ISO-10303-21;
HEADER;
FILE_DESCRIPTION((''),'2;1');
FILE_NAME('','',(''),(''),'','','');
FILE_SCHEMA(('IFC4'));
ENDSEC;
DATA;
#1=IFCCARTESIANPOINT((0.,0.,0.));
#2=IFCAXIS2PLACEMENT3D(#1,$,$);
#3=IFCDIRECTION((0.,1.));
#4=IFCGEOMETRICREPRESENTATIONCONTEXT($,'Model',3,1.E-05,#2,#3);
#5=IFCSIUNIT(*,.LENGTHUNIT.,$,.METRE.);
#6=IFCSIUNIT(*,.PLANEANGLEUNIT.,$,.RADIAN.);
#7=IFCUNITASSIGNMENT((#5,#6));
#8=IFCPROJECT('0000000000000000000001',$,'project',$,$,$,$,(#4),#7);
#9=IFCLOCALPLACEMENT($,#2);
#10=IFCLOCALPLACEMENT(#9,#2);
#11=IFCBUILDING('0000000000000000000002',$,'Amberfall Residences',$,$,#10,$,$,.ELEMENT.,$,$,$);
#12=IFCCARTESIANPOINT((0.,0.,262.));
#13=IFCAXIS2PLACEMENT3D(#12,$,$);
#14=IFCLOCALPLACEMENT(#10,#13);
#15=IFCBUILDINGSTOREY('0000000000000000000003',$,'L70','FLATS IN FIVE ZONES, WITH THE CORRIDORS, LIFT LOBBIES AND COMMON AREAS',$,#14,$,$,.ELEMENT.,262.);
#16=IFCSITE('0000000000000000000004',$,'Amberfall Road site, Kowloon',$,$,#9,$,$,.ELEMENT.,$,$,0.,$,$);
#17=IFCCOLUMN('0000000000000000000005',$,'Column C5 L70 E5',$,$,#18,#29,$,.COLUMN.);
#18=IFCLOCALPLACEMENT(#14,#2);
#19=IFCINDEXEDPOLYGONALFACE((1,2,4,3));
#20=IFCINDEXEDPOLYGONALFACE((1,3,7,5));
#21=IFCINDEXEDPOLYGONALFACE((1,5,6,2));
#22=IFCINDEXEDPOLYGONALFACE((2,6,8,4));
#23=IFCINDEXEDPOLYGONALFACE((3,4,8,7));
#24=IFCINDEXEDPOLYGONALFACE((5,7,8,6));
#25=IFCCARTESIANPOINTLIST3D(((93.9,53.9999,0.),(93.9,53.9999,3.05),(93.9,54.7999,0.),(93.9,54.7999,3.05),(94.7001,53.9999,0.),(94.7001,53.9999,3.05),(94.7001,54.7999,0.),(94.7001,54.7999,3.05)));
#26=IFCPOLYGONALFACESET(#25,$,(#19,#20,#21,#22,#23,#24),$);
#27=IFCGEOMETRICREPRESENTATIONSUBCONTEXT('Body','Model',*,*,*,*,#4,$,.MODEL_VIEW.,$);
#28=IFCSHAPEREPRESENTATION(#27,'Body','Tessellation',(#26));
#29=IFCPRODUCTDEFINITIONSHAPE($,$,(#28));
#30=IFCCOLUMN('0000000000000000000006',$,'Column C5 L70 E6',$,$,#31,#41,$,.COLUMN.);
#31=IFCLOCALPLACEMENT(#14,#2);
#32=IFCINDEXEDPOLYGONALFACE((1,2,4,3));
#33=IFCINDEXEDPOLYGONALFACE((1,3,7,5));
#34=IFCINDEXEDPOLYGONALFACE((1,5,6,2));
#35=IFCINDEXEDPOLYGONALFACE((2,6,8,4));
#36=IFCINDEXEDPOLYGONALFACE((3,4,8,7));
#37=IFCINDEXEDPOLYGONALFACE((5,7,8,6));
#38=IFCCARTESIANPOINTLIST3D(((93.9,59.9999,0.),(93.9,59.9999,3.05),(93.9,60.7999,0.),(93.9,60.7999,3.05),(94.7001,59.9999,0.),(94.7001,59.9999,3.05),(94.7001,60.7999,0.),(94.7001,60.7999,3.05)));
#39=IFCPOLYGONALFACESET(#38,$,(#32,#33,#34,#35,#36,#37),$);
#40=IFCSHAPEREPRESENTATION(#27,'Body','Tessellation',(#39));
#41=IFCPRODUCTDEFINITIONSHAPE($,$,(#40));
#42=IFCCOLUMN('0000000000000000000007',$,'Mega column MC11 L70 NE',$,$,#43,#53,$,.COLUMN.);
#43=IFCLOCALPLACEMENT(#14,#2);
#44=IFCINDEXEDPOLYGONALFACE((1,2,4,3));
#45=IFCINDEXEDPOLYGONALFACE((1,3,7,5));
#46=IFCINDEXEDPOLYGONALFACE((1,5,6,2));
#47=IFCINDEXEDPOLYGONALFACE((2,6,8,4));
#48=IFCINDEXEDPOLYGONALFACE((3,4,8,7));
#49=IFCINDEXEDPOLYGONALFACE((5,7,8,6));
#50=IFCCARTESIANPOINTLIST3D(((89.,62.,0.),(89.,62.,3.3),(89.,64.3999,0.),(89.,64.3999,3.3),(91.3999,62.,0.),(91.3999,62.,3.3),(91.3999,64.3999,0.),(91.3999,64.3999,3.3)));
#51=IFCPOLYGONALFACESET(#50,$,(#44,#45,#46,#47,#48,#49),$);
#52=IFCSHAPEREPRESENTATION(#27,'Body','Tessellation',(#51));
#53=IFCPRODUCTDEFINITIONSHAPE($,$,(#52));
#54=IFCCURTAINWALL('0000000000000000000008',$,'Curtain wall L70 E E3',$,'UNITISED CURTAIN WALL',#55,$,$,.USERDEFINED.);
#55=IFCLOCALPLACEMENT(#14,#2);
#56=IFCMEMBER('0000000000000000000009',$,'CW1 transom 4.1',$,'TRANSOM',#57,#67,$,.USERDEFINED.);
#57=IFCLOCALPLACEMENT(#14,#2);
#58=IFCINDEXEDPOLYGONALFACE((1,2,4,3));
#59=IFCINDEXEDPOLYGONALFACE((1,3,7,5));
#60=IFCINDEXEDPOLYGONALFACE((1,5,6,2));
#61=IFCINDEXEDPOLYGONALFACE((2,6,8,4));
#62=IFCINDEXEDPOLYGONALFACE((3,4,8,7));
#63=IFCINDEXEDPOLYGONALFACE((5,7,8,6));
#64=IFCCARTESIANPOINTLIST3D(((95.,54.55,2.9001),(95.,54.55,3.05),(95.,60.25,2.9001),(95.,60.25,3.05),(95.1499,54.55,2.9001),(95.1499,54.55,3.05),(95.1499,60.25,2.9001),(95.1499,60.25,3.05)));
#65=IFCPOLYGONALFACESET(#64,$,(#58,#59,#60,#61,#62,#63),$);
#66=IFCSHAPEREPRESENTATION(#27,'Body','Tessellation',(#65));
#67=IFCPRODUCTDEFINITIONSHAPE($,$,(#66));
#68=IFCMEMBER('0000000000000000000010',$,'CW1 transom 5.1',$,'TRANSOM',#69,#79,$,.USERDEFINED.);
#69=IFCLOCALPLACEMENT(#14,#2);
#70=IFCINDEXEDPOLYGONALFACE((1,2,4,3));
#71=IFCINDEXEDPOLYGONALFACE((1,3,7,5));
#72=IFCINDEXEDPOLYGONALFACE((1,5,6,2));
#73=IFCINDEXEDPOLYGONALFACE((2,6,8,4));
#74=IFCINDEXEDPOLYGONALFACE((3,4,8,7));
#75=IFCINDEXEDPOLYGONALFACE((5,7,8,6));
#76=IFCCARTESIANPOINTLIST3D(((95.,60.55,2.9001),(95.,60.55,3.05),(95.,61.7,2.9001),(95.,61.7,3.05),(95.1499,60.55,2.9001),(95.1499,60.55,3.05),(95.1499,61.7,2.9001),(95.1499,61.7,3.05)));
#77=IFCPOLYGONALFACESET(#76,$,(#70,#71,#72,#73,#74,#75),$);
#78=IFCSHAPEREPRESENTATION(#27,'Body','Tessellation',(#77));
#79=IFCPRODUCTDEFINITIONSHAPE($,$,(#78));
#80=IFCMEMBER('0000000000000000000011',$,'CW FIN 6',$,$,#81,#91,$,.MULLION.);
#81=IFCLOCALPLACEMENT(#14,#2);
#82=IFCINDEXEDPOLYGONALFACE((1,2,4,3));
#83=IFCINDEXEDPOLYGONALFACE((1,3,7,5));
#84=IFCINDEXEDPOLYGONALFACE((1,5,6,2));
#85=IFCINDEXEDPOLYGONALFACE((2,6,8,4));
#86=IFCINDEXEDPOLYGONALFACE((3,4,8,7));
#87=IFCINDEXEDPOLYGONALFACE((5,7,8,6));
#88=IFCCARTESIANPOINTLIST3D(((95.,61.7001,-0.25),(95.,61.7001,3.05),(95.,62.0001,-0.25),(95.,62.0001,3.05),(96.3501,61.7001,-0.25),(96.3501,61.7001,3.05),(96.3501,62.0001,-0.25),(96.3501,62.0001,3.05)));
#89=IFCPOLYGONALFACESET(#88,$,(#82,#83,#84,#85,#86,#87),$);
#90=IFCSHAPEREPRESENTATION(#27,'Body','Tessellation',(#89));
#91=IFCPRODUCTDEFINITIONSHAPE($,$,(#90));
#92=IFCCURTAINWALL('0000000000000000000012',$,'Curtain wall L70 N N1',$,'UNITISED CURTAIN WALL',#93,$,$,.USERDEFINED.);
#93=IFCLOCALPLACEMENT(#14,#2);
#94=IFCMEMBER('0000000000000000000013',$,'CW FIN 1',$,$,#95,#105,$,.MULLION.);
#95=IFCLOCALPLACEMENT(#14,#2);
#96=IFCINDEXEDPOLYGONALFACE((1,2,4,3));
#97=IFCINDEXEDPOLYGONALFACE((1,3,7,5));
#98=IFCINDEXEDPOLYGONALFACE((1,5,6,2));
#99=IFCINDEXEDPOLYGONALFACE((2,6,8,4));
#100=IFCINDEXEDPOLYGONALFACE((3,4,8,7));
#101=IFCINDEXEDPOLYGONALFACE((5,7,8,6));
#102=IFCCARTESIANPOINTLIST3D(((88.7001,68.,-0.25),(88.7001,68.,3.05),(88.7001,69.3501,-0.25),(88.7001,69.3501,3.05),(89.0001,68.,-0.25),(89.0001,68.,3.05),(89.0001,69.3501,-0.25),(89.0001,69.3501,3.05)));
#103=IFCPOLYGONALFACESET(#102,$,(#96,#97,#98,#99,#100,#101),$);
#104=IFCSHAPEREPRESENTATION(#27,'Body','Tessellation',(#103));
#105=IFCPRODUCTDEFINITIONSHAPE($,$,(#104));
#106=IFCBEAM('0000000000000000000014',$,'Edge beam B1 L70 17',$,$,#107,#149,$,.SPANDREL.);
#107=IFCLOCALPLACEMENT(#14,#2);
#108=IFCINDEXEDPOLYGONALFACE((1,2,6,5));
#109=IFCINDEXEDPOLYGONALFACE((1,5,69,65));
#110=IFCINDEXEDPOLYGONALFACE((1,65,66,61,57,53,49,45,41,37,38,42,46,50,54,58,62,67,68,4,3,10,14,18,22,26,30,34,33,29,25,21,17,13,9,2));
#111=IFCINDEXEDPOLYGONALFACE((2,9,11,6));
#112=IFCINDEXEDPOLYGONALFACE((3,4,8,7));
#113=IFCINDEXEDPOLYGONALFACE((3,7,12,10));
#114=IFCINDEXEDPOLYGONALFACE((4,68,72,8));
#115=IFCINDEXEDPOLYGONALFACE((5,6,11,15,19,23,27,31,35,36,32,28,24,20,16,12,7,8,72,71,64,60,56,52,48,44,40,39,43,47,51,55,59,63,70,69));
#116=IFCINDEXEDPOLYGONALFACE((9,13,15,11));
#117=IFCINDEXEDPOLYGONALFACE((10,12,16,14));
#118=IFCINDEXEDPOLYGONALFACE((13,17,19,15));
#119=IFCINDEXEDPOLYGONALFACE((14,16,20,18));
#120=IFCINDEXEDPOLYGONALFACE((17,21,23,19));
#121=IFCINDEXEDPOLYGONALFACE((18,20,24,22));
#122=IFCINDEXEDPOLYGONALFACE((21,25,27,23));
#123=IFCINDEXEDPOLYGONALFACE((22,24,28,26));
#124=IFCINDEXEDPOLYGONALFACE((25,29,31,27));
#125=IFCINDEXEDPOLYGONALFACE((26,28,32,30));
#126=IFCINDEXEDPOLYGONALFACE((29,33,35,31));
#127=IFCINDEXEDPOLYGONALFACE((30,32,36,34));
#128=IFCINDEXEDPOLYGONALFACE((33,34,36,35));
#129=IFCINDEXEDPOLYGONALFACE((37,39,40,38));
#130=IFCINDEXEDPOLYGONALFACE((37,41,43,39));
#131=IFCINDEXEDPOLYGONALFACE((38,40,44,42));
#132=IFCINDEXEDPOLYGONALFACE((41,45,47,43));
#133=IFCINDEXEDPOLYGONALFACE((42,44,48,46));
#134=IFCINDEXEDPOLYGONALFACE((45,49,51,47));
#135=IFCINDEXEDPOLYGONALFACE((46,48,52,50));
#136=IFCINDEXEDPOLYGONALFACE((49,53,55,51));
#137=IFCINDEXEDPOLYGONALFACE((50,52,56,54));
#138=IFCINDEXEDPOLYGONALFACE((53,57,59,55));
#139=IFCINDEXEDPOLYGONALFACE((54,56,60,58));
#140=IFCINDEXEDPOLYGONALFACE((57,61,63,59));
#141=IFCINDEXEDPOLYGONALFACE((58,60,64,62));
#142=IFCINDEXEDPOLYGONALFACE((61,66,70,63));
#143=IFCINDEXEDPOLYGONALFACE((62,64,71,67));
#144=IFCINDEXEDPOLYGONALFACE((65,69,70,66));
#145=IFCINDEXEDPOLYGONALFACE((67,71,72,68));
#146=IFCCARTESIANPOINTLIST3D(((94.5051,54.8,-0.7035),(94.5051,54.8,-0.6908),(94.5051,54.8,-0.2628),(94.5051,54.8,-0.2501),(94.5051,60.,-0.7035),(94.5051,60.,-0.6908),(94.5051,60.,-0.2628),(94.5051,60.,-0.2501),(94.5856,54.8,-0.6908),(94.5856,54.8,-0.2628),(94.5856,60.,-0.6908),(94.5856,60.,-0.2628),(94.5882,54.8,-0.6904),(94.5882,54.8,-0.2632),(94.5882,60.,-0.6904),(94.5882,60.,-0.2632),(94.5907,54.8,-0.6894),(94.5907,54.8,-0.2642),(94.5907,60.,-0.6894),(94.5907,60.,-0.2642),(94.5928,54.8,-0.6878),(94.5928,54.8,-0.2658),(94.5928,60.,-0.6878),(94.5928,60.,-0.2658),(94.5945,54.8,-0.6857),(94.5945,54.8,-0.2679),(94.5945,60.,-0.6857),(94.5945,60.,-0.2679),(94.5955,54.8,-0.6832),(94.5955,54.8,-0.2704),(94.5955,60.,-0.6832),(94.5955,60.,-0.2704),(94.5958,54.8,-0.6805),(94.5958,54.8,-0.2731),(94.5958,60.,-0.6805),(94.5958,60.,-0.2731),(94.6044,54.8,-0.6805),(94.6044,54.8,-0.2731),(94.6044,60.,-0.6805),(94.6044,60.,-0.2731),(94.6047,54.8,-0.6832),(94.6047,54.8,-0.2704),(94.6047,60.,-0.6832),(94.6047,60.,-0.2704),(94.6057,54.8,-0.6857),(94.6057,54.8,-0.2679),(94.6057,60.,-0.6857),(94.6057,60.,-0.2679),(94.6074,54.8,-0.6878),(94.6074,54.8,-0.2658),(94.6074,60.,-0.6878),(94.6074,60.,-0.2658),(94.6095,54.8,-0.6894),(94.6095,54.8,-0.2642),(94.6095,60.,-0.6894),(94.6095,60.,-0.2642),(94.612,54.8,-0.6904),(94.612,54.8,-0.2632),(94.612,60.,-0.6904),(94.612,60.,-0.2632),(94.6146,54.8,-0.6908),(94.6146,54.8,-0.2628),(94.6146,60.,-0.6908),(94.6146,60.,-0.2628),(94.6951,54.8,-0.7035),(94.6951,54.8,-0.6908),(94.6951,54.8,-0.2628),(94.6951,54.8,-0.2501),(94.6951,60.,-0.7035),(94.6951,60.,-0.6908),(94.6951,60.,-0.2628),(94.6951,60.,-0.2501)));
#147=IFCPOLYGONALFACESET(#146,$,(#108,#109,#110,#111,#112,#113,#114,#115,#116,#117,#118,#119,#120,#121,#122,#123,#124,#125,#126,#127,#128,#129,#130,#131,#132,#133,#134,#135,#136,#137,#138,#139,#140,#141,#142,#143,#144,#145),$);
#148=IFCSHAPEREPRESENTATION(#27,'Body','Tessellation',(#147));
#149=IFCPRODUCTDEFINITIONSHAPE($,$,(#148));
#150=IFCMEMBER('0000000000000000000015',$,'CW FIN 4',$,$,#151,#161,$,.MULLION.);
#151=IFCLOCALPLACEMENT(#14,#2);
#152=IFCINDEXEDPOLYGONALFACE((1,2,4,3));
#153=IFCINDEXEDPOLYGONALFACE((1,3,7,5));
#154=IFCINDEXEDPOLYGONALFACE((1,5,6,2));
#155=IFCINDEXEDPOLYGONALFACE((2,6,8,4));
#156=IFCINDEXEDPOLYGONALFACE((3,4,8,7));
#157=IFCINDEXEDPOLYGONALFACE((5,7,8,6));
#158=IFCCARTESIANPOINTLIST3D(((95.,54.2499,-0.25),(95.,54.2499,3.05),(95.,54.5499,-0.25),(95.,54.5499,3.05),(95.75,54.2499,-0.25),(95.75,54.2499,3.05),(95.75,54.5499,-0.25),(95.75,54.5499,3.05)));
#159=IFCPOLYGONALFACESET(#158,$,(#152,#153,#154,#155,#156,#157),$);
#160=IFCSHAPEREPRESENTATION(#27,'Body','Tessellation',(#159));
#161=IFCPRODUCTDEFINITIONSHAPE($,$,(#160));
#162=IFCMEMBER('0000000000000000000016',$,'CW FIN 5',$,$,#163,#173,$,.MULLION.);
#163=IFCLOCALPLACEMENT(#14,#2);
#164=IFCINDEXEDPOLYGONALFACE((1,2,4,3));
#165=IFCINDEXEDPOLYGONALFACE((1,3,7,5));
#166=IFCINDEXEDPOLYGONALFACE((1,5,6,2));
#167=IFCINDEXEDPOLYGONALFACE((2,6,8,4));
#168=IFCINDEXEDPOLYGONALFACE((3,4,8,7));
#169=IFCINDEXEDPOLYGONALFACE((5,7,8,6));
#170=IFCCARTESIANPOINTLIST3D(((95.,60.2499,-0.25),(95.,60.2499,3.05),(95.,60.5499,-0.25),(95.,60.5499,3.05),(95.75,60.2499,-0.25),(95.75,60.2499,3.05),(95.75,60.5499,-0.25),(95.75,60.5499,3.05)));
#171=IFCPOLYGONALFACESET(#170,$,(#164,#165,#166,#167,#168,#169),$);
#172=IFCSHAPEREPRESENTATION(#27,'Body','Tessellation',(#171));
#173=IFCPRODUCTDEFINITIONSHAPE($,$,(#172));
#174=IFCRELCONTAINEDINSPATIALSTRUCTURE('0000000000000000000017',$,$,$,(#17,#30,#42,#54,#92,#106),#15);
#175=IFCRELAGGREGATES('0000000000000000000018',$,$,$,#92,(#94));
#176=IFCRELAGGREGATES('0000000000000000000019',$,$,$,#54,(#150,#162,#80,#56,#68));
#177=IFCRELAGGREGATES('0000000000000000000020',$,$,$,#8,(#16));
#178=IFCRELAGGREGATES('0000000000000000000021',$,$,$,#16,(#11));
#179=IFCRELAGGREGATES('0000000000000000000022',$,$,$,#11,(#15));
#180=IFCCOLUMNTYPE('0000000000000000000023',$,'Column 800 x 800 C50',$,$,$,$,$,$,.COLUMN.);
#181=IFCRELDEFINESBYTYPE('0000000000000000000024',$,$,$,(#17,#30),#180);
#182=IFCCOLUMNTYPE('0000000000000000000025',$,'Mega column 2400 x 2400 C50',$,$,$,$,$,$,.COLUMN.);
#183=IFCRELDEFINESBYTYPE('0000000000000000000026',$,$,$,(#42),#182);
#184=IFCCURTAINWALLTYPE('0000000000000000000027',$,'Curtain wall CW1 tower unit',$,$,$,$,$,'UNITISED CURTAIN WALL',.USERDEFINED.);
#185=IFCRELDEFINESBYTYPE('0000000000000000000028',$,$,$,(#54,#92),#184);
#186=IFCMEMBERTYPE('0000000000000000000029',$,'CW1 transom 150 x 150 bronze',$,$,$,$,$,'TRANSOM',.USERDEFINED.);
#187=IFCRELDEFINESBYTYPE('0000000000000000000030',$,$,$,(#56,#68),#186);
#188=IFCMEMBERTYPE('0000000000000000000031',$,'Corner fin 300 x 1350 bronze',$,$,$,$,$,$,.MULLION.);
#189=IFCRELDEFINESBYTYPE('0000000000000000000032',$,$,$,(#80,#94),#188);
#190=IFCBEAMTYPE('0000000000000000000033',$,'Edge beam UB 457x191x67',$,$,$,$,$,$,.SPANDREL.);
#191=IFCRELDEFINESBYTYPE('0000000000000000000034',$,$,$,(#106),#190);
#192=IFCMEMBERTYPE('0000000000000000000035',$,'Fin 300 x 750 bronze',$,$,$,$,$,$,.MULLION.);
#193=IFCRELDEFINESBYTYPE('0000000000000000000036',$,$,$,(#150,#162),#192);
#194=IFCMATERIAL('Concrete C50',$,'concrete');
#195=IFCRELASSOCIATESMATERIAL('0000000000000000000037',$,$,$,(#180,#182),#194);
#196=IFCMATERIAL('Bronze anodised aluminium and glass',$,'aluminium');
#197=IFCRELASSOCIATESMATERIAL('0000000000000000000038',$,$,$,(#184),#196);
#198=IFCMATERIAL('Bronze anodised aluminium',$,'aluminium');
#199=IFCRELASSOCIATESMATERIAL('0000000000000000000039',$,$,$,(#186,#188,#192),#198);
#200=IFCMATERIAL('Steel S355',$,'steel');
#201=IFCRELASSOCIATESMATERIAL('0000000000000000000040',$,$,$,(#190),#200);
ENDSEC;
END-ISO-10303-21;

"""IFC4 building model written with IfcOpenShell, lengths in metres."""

from ifc_helpers import new_model, si_unit, direction, frame, origin, origin_2d, place, context, subcontext, project, spatial, rectangle, i_section, extrude, material, material_profile, profile_set, type_object, element, aggregate, save


model = new_model("IFC4")

# Units and contexts
model_context = context("Model", 3, precision=1e-05, world=origin(), true_north=direction((0.0, 1.0)))
body_context = subcontext(model_context, "Body", "Model", "MODEL_VIEW")
ifc_project = project(units=[si_unit("LENGTHUNIT", "METRE"), si_unit("PLANEANGLEUNIT", "RADIAN")], contexts=[model_context])

# Site, building, storey
site_placement = place(None, origin())
site = spatial("IfcSite", under=ifc_project, at=site_placement, Name="Amberfall Road site, Kowloon", CompositionType="ELEMENT", RefElevation=0.0)
building_placement = place(site_placement, origin())
building = spatial("IfcBuilding", under=site, at=building_placement, Name="Amberfall Residences", CompositionType="ELEMENT")
storey_placement = place(building_placement, frame((0.0, 0.0, 262.0)))
storey = spatial("IfcBuildingStorey", under=building, at=storey_placement, Name="L70", Description="FLATS IN FIVE ZONES, WITH THE CORRIDORS, LIFT LOBBIES AND COMMON AREAS", CompositionType="ELEMENT", Elevation=262.0)

# Columns
ifc_material_1 = material(Name="Concrete C50", Category="concrete")
ifc_material_profile_1 = material_profile(ifc_material_1, rectangle(XDim=0.8, YDim=0.8, at=origin_2d()), Name="Column 800 x 800 C50")
ifc_profile_set_1 = profile_set([ifc_material_profile_1], Name="Concrete C50")
column_type_1 = type_object("IfcColumnType", Name="Column 800 x 800 C50", PredefinedType="COLUMN", material=ifc_profile_set_1)
for number, where, z_axis, x_axis, name in (
    (1, (94.3, 54.3999, 0.0), (0.0, 0.0, 1.0), (1.0, 0.0, 0.0), "Column C5 L70 E5"),
    (2, (94.3, 60.3999, 0.0), (0.0, 0.0, 1.0), (1.0, 0.0, 0.0), "Column C5 L70 E6"),
):
    element("IfcColumn", number, at=place(storey_placement, frame(where, z_axis=z_axis, x_axis=x_axis)), inside=storey, type_object=column_type_1, Name=name, PredefinedType="COLUMN", context=body_context, shape_type="SweptSolid", body=[
        extrude(rectangle(XDim=0.8, YDim=0.8, at=origin_2d()), origin(), (0.0, 0.0, 1.0), 3.05),
    ])
ifc_material_profile_2 = material_profile(ifc_material_1, rectangle(XDim=2.3999, YDim=2.3999, at=origin_2d()), Name="Mega column 2400 x 2400 C50")
ifc_profile_set_2 = profile_set([ifc_material_profile_2], Name="Concrete C50")
column_type_2 = type_object("IfcColumnType", Name="Mega column 2400 x 2400 C50", PredefinedType="COLUMN", material=ifc_profile_set_2)
column_placement = place(storey_placement, frame((90.2, 63.2, 0.0), z_axis=(0.0, 0.0, 1.0), x_axis=(1.0, 0.0, 0.0)))
element("IfcColumn", 3, at=column_placement, inside=storey, type_object=column_type_2, Name="Mega column MC11 L70 NE", PredefinedType="COLUMN", context=body_context, shape_type="SweptSolid", body=[
    extrude(rectangle(XDim=2.3999, YDim=2.3999, at=origin_2d()), origin(), (0.0, 0.0, 1.0), 3.3),
])

# Curtain wall, members
ifc_material_2 = material(Name="Bronze anodised aluminium and glass", Category="aluminium")
curtain_wall_type = type_object("IfcCurtainWallType", Name="Curtain wall CW1 tower unit", ElementType="UNITISED CURTAIN WALL", PredefinedType="USERDEFINED", material=ifc_material_2)
curtain_wall_1_placement = place(storey_placement, origin())
curtain_wall_1 = element("IfcCurtainWall", 4, at=curtain_wall_1_placement, inside=storey, type_object=curtain_wall_type, Name="Curtain wall L70 E E3", ObjectType="UNITISED CURTAIN WALL", PredefinedType="USERDEFINED")
ifc_material_3 = material(Name="Bronze anodised aluminium", Category="aluminium")
ifc_material_profile_3 = material_profile(ifc_material_3, rectangle(XDim=0.1499, YDim=0.1499, at=origin_2d()), Name="CW1 transom 150 x 150 bronze")
ifc_profile_set_3 = profile_set([ifc_material_profile_3], Name="Bronze anodised aluminium")
member_type_1 = type_object("IfcMemberType", Name="CW1 transom 150 x 150 bronze", ElementType="TRANSOM", PredefinedType="USERDEFINED", material=ifc_profile_set_3)
member_1_placement = place(storey_placement, frame((95.075, 54.55, 2.9751), z_axis=(0.0, 1.0, 0.0), x_axis=(-1.0, 0.0, 0.0)))
member_1 = element("IfcMember", 5, at=member_1_placement, type_object=member_type_1, Name="CW1 transom 4.1", ObjectType="TRANSOM", PredefinedType="USERDEFINED", context=body_context, shape_type="SweptSolid", body=[
    extrude(rectangle(XDim=0.1499, YDim=0.1499, at=origin_2d()), origin(), (0.0, 0.0, 1.0), 5.7),
])
member_2_placement = place(storey_placement, frame((95.075, 60.55, 2.9751), z_axis=(0.0, 1.0, 0.0), x_axis=(-1.0, 0.0, 0.0)))
member_2 = element("IfcMember", 6, at=member_2_placement, type_object=member_type_1, Name="CW1 transom 5.1", ObjectType="TRANSOM", PredefinedType="USERDEFINED", context=body_context, shape_type="SweptSolid", body=[
    extrude(rectangle(XDim=0.1499, YDim=0.1499, at=origin_2d()), origin(), (0.0, 0.0, 1.0), 1.1499),
])
ifc_material_profile_4 = material_profile(ifc_material_3, rectangle(XDim=1.3501, YDim=0.3, at=origin_2d()), Name="Corner fin 300 x 1350 bronze")
ifc_profile_set_4 = profile_set([ifc_material_profile_4], Name="Bronze anodised aluminium")
member_type_2 = type_object("IfcMemberType", Name="Corner fin 300 x 1350 bronze", PredefinedType="MULLION", material=ifc_profile_set_4)
member_3_placement = place(storey_placement, frame((95.675, 61.8501, -0.25), z_axis=(0.0, 0.0, 1.0), x_axis=(-1.0, 0.0, 0.0)))
member_3 = element("IfcMember", 7, at=member_3_placement, type_object=member_type_2, Name="CW FIN 6", PredefinedType="MULLION", context=body_context, shape_type="SweptSolid", body=[
    extrude(rectangle(XDim=1.3501, YDim=0.3, at=origin_2d()), origin(), (0.0, 0.0, 1.0), 3.3),
])

# Curtain wall, member
curtain_wall_2_placement = place(storey_placement, origin())
curtain_wall_2 = element("IfcCurtainWall", 8, at=curtain_wall_2_placement, inside=storey, type_object=curtain_wall_type, Name="Curtain wall L70 N N1", ObjectType="UNITISED CURTAIN WALL", PredefinedType="USERDEFINED")
member_4_placement = place(storey_placement, frame((88.8501, 68.675, -0.25), z_axis=(0.0, 0.0, 1.0), x_axis=(0.0, -1.0, 0.0)))
member_4 = element("IfcMember", 9, at=member_4_placement, type_object=member_type_2, Name="CW FIN 1", PredefinedType="MULLION", context=body_context, shape_type="SweptSolid", body=[
    extrude(rectangle(XDim=1.3501, YDim=0.3, at=origin_2d()), origin(), (0.0, 0.0, 1.0), 3.3),
])
aggregate(curtain_wall_2, [member_4])

# Beam
ifc_material_4 = material(Name="Steel S355", Category="steel")
ifc_material_profile_5 = material_profile(ifc_material_4, i_section(OverallWidth=0.1899, OverallDepth=0.4534, WebThickness=0.0085, FlangeThickness=0.0127, FilletRadius=0.0103, at=origin_2d()), Name="UB 457x191x67")
ifc_profile_set_5 = profile_set([ifc_material_profile_5], Name="Steel S355")
beam_type_1 = type_object("IfcBeamType", Name="Edge beam UB 457x191x67", PredefinedType="SPANDREL", material=ifc_profile_set_5)
beam_1_placement = place(storey_placement, frame((94.6001, 54.8, -0.4768), z_axis=(0.0, 1.0, 0.0), x_axis=(-1.0, 0.0, 0.0)))
element("IfcBeam", 10, at=beam_1_placement, inside=storey, type_object=beam_type_1, Name="Edge beam B1 L70 17", PredefinedType="SPANDREL", context=body_context, shape_type="SweptSolid", body=[
    extrude(i_section(OverallWidth=0.1899, OverallDepth=0.4534, WebThickness=0.0085, FlangeThickness=0.0127, FilletRadius=0.0103, at=origin_2d()), origin(), (0.0, 0.0, 1.0), 5.2),
])

# Members
ifc_material_profile_6 = material_profile(ifc_material_3, rectangle(XDim=0.75, YDim=0.3, at=origin_2d()), Name="Fin 300 x 750 bronze")
ifc_profile_set_6 = profile_set([ifc_material_profile_6], Name="Bronze anodised aluminium")
member_type_3 = type_object("IfcMemberType", Name="Fin 300 x 750 bronze", PredefinedType="MULLION", material=ifc_profile_set_6)
member_5_placement = place(storey_placement, frame((95.375, 54.3999, -0.25), z_axis=(0.0, 0.0, 1.0), x_axis=(-1.0, 0.0, 0.0)))
member_5 = element("IfcMember", 11, at=member_5_placement, type_object=member_type_3, Name="CW FIN 4", PredefinedType="MULLION", context=body_context, shape_type="SweptSolid", body=[
    extrude(rectangle(XDim=0.75, YDim=0.3, at=origin_2d()), origin(), (0.0, 0.0, 1.0), 3.3),
])
member_6_placement = place(storey_placement, frame((95.375, 60.3999, -0.25), z_axis=(0.0, 0.0, 1.0), x_axis=(-1.0, 0.0, 0.0)))
member_6 = element("IfcMember", 12, at=member_6_placement, type_object=member_type_3, Name="CW FIN 5", PredefinedType="MULLION", context=body_context, shape_type="SweptSolid", body=[
    extrude(rectangle(XDim=0.75, YDim=0.3, at=origin_2d()), origin(), (0.0, 0.0, 1.0), 3.3),
])

aggregate(curtain_wall_1, [member_5, member_6, member_3, member_1, member_2])

save(model, "model.ifc")
